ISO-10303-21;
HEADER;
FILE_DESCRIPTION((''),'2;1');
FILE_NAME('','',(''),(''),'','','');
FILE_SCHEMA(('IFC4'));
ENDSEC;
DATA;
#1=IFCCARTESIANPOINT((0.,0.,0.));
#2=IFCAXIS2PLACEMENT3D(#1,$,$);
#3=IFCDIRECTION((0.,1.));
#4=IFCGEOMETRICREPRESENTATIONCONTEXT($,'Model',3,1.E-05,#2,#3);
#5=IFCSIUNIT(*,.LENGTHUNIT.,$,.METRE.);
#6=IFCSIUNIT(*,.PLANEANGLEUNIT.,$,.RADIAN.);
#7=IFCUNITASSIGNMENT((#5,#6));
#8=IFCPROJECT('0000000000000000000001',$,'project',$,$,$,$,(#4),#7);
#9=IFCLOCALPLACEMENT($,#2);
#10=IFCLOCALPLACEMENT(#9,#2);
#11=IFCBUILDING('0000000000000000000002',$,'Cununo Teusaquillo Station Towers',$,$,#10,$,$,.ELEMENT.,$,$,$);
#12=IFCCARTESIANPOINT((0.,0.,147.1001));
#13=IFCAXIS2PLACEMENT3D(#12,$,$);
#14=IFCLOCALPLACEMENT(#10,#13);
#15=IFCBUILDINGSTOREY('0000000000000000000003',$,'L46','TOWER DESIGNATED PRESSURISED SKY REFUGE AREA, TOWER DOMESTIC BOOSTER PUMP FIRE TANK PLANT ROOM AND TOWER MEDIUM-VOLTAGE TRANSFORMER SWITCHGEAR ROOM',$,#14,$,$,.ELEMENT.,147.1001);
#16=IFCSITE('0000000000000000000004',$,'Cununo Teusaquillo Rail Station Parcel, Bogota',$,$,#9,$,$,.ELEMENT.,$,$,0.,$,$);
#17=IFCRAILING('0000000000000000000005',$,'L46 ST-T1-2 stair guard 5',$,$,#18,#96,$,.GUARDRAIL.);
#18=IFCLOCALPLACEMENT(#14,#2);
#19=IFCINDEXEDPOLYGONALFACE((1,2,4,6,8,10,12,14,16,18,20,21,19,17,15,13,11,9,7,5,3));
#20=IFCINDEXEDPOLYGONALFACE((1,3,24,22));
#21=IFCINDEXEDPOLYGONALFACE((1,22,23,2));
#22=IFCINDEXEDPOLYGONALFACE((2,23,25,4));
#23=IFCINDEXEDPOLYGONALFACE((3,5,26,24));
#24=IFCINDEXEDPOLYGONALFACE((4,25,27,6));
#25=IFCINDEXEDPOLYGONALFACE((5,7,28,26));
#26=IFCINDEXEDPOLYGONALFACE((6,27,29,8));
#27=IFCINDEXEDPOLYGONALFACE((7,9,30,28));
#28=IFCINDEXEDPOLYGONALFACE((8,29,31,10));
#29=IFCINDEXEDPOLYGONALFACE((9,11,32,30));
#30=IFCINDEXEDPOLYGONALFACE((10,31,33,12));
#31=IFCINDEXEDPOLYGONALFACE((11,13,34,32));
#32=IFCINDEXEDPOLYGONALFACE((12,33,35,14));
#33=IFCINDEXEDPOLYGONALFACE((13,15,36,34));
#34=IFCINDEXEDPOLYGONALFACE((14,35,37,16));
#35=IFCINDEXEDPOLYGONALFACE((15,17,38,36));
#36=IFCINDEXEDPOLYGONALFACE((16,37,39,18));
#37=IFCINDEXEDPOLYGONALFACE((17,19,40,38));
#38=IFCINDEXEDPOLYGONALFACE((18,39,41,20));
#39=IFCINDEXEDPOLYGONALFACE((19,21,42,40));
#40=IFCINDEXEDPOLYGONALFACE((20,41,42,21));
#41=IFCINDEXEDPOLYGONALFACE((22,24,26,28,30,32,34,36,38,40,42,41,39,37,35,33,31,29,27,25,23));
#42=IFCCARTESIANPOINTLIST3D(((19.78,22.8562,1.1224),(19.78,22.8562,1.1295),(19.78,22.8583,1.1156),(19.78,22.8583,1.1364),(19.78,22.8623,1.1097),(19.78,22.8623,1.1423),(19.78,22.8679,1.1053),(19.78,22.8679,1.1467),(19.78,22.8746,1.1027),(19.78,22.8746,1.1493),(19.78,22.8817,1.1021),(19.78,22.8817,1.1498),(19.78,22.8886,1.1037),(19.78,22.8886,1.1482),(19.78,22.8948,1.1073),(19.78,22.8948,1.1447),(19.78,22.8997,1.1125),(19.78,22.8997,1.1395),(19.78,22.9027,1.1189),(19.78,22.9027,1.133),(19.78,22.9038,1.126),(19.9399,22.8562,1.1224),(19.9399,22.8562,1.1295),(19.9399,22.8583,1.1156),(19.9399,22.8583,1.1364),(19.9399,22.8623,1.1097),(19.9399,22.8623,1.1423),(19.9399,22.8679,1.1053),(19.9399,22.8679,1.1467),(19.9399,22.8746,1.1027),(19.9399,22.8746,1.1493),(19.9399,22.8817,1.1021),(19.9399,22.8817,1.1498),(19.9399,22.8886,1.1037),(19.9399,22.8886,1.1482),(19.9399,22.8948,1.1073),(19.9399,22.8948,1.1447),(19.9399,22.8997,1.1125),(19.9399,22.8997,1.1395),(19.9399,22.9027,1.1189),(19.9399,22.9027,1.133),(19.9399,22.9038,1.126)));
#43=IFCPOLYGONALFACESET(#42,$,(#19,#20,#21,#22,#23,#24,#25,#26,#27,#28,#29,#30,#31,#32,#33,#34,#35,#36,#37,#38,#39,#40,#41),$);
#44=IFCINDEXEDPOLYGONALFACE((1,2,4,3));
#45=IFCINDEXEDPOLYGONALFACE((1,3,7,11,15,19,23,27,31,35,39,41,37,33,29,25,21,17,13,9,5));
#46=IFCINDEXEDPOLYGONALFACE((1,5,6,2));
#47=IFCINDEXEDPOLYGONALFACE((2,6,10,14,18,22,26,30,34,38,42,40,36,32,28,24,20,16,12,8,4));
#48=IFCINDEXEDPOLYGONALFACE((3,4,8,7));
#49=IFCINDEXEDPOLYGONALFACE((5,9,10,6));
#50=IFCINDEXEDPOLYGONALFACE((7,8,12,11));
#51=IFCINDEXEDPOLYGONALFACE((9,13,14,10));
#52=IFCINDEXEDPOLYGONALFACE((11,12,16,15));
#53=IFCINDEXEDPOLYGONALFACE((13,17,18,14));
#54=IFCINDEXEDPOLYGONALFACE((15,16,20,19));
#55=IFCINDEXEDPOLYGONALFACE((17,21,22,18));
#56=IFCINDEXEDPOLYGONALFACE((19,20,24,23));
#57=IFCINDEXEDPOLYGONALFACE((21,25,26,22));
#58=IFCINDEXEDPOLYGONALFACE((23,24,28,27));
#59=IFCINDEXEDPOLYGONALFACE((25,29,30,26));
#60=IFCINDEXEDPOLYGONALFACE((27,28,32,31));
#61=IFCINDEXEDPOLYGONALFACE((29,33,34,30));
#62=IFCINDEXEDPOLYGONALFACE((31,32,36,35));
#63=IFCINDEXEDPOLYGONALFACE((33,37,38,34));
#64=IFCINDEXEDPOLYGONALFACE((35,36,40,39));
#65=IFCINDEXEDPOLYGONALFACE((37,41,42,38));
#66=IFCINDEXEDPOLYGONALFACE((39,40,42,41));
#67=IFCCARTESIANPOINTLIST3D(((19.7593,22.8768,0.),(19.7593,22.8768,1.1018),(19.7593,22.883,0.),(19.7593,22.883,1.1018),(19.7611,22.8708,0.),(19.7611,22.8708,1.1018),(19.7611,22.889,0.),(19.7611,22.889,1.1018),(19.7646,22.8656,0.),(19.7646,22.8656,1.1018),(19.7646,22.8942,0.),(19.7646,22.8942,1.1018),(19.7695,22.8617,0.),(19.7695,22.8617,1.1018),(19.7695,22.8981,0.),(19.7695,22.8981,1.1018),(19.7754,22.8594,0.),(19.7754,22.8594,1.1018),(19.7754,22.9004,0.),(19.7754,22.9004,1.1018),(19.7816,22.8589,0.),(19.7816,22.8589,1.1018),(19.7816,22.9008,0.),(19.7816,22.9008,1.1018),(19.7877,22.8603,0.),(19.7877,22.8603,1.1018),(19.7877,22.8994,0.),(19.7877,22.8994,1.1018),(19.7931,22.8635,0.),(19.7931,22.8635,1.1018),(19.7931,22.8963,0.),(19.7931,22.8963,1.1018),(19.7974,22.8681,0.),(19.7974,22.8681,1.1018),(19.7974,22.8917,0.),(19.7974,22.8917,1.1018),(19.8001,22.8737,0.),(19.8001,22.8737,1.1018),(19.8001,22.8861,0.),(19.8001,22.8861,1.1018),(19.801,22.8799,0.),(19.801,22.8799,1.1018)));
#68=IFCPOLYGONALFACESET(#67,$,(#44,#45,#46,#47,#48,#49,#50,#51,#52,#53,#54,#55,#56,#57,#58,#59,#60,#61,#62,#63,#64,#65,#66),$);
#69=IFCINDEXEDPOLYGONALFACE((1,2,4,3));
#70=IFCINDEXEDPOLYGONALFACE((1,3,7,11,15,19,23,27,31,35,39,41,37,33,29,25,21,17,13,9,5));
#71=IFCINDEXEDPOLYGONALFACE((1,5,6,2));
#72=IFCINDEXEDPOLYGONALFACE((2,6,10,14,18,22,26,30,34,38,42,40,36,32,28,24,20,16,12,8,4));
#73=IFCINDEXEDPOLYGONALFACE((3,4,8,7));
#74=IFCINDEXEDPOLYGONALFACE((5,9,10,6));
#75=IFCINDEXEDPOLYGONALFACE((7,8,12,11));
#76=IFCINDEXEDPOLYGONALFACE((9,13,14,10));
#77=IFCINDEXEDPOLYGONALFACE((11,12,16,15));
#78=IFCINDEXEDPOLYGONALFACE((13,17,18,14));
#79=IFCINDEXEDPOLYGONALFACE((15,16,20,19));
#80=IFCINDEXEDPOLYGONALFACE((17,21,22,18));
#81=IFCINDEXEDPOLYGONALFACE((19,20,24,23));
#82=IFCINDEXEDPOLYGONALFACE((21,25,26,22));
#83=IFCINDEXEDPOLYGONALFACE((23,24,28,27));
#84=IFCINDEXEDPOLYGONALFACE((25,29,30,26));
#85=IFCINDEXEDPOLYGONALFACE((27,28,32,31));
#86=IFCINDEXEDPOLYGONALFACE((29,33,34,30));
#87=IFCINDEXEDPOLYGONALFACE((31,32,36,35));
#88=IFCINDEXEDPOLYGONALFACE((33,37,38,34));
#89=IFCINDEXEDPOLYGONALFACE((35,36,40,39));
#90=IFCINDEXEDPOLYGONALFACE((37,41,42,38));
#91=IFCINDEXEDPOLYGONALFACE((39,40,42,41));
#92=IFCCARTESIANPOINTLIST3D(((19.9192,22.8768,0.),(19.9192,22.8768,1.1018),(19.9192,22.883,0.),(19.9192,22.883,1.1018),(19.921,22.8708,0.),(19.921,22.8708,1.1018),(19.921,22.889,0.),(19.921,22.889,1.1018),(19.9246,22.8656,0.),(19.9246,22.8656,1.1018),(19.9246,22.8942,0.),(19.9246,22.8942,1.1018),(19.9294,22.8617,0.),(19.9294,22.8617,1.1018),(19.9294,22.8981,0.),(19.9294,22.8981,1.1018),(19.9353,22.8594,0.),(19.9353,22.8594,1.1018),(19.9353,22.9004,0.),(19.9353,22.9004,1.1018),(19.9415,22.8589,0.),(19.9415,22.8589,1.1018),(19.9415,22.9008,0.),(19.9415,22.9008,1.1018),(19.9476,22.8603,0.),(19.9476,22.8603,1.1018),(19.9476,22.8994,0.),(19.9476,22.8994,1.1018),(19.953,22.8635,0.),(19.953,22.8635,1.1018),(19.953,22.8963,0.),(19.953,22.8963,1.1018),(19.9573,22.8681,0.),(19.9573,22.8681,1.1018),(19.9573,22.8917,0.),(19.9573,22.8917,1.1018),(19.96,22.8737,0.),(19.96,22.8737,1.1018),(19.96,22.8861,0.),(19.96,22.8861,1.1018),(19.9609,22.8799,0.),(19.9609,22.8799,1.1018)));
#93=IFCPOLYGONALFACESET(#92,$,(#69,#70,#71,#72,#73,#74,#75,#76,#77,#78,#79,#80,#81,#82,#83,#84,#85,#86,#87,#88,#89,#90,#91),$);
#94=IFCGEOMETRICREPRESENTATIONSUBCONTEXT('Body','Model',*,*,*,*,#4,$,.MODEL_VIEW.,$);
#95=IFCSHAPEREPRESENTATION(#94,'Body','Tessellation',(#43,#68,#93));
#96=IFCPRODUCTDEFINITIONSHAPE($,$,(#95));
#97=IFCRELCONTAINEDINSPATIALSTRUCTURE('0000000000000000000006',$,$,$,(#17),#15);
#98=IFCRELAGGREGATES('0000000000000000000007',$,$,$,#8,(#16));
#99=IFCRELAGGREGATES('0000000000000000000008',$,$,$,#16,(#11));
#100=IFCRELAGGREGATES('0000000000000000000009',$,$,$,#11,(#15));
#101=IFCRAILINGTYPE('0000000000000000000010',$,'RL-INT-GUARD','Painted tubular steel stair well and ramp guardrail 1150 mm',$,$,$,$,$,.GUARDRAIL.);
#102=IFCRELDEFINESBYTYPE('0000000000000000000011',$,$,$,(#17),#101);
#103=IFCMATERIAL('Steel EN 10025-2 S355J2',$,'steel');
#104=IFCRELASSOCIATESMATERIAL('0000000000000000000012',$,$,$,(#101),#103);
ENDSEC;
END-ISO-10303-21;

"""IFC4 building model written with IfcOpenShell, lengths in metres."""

from ifc_helpers import new_model, si_unit, direction, frame, origin, origin_2d, place, context, subcontext, project, spatial, circle, extrude, material, type_object, element, save


model = new_model("IFC4")

# Units and contexts
model_context = context("Model", 3, precision=1e-05, world=origin(), true_north=direction((0.0, 1.0)))
body_context = subcontext(model_context, "Body", "Model", "MODEL_VIEW")
ifc_project = project(units=[si_unit("LENGTHUNIT", "METRE"), si_unit("PLANEANGLEUNIT", "RADIAN")], contexts=[model_context])

# Site, building, storey
site_placement = place(None, origin())
site = spatial("IfcSite", under=ifc_project, at=site_placement, Name="Cununo Teusaquillo Rail Station Parcel, Bogota", CompositionType="ELEMENT", RefElevation=0.0)
building_placement = place(site_placement, origin())
building = spatial("IfcBuilding", under=site, at=building_placement, Name="Cununo Teusaquillo Station Towers", CompositionType="ELEMENT")
storey_placement = place(building_placement, frame((0.0, 0.0, 147.1001)))
storey = spatial("IfcBuildingStorey", under=building, at=storey_placement, Name="L46", Description="TOWER DESIGNATED PRESSURISED SKY REFUGE AREA, TOWER DOMESTIC BOOSTER PUMP FIRE TANK PLANT ROOM AND TOWER MEDIUM-VOLTAGE TRANSFORMER SWITCHGEAR ROOM", CompositionType="ELEMENT", Elevation=147.1001)

# Railing
ifc_material_1 = material(Name="Steel EN 10025-2 S355J2", Category="steel")
railing_type_1 = type_object("IfcRailingType", Name="RL-INT-GUARD", Description="Painted tubular steel stair well and ramp guardrail 1150 mm", PredefinedType="GUARDRAIL", material=ifc_material_1)
railing_1_placement = place(storey_placement, frame((19.78, 22.8799, 0.0)))
element("IfcRailing", 1, at=railing_1_placement, inside=storey, type_object=railing_type_1, Name="L46 ST-T1-2 stair guard 5", PredefinedType="GUARDRAIL", context=body_context, shape_type="SweptSolid", body=[
    extrude(circle(Radius=0.0239, at=origin_2d()), frame((0.0, 0.0, 1.126), z_axis=(1.0, 0.0, 0.0), x_axis=(0.0, 1.0, 0.0)), (0.0, 0.0, 1.0), 0.1599),
    extrude(circle(Radius=0.021, at=origin_2d()), origin(), (0.0, 0.0, 1.0), 1.1018),
    extrude(circle(Radius=0.021, at=origin_2d()), frame((0.1599, 0.0, 0.0)), (0.0, 0.0, 1.0), 1.1018),
])

save(model, "model.ifc")
